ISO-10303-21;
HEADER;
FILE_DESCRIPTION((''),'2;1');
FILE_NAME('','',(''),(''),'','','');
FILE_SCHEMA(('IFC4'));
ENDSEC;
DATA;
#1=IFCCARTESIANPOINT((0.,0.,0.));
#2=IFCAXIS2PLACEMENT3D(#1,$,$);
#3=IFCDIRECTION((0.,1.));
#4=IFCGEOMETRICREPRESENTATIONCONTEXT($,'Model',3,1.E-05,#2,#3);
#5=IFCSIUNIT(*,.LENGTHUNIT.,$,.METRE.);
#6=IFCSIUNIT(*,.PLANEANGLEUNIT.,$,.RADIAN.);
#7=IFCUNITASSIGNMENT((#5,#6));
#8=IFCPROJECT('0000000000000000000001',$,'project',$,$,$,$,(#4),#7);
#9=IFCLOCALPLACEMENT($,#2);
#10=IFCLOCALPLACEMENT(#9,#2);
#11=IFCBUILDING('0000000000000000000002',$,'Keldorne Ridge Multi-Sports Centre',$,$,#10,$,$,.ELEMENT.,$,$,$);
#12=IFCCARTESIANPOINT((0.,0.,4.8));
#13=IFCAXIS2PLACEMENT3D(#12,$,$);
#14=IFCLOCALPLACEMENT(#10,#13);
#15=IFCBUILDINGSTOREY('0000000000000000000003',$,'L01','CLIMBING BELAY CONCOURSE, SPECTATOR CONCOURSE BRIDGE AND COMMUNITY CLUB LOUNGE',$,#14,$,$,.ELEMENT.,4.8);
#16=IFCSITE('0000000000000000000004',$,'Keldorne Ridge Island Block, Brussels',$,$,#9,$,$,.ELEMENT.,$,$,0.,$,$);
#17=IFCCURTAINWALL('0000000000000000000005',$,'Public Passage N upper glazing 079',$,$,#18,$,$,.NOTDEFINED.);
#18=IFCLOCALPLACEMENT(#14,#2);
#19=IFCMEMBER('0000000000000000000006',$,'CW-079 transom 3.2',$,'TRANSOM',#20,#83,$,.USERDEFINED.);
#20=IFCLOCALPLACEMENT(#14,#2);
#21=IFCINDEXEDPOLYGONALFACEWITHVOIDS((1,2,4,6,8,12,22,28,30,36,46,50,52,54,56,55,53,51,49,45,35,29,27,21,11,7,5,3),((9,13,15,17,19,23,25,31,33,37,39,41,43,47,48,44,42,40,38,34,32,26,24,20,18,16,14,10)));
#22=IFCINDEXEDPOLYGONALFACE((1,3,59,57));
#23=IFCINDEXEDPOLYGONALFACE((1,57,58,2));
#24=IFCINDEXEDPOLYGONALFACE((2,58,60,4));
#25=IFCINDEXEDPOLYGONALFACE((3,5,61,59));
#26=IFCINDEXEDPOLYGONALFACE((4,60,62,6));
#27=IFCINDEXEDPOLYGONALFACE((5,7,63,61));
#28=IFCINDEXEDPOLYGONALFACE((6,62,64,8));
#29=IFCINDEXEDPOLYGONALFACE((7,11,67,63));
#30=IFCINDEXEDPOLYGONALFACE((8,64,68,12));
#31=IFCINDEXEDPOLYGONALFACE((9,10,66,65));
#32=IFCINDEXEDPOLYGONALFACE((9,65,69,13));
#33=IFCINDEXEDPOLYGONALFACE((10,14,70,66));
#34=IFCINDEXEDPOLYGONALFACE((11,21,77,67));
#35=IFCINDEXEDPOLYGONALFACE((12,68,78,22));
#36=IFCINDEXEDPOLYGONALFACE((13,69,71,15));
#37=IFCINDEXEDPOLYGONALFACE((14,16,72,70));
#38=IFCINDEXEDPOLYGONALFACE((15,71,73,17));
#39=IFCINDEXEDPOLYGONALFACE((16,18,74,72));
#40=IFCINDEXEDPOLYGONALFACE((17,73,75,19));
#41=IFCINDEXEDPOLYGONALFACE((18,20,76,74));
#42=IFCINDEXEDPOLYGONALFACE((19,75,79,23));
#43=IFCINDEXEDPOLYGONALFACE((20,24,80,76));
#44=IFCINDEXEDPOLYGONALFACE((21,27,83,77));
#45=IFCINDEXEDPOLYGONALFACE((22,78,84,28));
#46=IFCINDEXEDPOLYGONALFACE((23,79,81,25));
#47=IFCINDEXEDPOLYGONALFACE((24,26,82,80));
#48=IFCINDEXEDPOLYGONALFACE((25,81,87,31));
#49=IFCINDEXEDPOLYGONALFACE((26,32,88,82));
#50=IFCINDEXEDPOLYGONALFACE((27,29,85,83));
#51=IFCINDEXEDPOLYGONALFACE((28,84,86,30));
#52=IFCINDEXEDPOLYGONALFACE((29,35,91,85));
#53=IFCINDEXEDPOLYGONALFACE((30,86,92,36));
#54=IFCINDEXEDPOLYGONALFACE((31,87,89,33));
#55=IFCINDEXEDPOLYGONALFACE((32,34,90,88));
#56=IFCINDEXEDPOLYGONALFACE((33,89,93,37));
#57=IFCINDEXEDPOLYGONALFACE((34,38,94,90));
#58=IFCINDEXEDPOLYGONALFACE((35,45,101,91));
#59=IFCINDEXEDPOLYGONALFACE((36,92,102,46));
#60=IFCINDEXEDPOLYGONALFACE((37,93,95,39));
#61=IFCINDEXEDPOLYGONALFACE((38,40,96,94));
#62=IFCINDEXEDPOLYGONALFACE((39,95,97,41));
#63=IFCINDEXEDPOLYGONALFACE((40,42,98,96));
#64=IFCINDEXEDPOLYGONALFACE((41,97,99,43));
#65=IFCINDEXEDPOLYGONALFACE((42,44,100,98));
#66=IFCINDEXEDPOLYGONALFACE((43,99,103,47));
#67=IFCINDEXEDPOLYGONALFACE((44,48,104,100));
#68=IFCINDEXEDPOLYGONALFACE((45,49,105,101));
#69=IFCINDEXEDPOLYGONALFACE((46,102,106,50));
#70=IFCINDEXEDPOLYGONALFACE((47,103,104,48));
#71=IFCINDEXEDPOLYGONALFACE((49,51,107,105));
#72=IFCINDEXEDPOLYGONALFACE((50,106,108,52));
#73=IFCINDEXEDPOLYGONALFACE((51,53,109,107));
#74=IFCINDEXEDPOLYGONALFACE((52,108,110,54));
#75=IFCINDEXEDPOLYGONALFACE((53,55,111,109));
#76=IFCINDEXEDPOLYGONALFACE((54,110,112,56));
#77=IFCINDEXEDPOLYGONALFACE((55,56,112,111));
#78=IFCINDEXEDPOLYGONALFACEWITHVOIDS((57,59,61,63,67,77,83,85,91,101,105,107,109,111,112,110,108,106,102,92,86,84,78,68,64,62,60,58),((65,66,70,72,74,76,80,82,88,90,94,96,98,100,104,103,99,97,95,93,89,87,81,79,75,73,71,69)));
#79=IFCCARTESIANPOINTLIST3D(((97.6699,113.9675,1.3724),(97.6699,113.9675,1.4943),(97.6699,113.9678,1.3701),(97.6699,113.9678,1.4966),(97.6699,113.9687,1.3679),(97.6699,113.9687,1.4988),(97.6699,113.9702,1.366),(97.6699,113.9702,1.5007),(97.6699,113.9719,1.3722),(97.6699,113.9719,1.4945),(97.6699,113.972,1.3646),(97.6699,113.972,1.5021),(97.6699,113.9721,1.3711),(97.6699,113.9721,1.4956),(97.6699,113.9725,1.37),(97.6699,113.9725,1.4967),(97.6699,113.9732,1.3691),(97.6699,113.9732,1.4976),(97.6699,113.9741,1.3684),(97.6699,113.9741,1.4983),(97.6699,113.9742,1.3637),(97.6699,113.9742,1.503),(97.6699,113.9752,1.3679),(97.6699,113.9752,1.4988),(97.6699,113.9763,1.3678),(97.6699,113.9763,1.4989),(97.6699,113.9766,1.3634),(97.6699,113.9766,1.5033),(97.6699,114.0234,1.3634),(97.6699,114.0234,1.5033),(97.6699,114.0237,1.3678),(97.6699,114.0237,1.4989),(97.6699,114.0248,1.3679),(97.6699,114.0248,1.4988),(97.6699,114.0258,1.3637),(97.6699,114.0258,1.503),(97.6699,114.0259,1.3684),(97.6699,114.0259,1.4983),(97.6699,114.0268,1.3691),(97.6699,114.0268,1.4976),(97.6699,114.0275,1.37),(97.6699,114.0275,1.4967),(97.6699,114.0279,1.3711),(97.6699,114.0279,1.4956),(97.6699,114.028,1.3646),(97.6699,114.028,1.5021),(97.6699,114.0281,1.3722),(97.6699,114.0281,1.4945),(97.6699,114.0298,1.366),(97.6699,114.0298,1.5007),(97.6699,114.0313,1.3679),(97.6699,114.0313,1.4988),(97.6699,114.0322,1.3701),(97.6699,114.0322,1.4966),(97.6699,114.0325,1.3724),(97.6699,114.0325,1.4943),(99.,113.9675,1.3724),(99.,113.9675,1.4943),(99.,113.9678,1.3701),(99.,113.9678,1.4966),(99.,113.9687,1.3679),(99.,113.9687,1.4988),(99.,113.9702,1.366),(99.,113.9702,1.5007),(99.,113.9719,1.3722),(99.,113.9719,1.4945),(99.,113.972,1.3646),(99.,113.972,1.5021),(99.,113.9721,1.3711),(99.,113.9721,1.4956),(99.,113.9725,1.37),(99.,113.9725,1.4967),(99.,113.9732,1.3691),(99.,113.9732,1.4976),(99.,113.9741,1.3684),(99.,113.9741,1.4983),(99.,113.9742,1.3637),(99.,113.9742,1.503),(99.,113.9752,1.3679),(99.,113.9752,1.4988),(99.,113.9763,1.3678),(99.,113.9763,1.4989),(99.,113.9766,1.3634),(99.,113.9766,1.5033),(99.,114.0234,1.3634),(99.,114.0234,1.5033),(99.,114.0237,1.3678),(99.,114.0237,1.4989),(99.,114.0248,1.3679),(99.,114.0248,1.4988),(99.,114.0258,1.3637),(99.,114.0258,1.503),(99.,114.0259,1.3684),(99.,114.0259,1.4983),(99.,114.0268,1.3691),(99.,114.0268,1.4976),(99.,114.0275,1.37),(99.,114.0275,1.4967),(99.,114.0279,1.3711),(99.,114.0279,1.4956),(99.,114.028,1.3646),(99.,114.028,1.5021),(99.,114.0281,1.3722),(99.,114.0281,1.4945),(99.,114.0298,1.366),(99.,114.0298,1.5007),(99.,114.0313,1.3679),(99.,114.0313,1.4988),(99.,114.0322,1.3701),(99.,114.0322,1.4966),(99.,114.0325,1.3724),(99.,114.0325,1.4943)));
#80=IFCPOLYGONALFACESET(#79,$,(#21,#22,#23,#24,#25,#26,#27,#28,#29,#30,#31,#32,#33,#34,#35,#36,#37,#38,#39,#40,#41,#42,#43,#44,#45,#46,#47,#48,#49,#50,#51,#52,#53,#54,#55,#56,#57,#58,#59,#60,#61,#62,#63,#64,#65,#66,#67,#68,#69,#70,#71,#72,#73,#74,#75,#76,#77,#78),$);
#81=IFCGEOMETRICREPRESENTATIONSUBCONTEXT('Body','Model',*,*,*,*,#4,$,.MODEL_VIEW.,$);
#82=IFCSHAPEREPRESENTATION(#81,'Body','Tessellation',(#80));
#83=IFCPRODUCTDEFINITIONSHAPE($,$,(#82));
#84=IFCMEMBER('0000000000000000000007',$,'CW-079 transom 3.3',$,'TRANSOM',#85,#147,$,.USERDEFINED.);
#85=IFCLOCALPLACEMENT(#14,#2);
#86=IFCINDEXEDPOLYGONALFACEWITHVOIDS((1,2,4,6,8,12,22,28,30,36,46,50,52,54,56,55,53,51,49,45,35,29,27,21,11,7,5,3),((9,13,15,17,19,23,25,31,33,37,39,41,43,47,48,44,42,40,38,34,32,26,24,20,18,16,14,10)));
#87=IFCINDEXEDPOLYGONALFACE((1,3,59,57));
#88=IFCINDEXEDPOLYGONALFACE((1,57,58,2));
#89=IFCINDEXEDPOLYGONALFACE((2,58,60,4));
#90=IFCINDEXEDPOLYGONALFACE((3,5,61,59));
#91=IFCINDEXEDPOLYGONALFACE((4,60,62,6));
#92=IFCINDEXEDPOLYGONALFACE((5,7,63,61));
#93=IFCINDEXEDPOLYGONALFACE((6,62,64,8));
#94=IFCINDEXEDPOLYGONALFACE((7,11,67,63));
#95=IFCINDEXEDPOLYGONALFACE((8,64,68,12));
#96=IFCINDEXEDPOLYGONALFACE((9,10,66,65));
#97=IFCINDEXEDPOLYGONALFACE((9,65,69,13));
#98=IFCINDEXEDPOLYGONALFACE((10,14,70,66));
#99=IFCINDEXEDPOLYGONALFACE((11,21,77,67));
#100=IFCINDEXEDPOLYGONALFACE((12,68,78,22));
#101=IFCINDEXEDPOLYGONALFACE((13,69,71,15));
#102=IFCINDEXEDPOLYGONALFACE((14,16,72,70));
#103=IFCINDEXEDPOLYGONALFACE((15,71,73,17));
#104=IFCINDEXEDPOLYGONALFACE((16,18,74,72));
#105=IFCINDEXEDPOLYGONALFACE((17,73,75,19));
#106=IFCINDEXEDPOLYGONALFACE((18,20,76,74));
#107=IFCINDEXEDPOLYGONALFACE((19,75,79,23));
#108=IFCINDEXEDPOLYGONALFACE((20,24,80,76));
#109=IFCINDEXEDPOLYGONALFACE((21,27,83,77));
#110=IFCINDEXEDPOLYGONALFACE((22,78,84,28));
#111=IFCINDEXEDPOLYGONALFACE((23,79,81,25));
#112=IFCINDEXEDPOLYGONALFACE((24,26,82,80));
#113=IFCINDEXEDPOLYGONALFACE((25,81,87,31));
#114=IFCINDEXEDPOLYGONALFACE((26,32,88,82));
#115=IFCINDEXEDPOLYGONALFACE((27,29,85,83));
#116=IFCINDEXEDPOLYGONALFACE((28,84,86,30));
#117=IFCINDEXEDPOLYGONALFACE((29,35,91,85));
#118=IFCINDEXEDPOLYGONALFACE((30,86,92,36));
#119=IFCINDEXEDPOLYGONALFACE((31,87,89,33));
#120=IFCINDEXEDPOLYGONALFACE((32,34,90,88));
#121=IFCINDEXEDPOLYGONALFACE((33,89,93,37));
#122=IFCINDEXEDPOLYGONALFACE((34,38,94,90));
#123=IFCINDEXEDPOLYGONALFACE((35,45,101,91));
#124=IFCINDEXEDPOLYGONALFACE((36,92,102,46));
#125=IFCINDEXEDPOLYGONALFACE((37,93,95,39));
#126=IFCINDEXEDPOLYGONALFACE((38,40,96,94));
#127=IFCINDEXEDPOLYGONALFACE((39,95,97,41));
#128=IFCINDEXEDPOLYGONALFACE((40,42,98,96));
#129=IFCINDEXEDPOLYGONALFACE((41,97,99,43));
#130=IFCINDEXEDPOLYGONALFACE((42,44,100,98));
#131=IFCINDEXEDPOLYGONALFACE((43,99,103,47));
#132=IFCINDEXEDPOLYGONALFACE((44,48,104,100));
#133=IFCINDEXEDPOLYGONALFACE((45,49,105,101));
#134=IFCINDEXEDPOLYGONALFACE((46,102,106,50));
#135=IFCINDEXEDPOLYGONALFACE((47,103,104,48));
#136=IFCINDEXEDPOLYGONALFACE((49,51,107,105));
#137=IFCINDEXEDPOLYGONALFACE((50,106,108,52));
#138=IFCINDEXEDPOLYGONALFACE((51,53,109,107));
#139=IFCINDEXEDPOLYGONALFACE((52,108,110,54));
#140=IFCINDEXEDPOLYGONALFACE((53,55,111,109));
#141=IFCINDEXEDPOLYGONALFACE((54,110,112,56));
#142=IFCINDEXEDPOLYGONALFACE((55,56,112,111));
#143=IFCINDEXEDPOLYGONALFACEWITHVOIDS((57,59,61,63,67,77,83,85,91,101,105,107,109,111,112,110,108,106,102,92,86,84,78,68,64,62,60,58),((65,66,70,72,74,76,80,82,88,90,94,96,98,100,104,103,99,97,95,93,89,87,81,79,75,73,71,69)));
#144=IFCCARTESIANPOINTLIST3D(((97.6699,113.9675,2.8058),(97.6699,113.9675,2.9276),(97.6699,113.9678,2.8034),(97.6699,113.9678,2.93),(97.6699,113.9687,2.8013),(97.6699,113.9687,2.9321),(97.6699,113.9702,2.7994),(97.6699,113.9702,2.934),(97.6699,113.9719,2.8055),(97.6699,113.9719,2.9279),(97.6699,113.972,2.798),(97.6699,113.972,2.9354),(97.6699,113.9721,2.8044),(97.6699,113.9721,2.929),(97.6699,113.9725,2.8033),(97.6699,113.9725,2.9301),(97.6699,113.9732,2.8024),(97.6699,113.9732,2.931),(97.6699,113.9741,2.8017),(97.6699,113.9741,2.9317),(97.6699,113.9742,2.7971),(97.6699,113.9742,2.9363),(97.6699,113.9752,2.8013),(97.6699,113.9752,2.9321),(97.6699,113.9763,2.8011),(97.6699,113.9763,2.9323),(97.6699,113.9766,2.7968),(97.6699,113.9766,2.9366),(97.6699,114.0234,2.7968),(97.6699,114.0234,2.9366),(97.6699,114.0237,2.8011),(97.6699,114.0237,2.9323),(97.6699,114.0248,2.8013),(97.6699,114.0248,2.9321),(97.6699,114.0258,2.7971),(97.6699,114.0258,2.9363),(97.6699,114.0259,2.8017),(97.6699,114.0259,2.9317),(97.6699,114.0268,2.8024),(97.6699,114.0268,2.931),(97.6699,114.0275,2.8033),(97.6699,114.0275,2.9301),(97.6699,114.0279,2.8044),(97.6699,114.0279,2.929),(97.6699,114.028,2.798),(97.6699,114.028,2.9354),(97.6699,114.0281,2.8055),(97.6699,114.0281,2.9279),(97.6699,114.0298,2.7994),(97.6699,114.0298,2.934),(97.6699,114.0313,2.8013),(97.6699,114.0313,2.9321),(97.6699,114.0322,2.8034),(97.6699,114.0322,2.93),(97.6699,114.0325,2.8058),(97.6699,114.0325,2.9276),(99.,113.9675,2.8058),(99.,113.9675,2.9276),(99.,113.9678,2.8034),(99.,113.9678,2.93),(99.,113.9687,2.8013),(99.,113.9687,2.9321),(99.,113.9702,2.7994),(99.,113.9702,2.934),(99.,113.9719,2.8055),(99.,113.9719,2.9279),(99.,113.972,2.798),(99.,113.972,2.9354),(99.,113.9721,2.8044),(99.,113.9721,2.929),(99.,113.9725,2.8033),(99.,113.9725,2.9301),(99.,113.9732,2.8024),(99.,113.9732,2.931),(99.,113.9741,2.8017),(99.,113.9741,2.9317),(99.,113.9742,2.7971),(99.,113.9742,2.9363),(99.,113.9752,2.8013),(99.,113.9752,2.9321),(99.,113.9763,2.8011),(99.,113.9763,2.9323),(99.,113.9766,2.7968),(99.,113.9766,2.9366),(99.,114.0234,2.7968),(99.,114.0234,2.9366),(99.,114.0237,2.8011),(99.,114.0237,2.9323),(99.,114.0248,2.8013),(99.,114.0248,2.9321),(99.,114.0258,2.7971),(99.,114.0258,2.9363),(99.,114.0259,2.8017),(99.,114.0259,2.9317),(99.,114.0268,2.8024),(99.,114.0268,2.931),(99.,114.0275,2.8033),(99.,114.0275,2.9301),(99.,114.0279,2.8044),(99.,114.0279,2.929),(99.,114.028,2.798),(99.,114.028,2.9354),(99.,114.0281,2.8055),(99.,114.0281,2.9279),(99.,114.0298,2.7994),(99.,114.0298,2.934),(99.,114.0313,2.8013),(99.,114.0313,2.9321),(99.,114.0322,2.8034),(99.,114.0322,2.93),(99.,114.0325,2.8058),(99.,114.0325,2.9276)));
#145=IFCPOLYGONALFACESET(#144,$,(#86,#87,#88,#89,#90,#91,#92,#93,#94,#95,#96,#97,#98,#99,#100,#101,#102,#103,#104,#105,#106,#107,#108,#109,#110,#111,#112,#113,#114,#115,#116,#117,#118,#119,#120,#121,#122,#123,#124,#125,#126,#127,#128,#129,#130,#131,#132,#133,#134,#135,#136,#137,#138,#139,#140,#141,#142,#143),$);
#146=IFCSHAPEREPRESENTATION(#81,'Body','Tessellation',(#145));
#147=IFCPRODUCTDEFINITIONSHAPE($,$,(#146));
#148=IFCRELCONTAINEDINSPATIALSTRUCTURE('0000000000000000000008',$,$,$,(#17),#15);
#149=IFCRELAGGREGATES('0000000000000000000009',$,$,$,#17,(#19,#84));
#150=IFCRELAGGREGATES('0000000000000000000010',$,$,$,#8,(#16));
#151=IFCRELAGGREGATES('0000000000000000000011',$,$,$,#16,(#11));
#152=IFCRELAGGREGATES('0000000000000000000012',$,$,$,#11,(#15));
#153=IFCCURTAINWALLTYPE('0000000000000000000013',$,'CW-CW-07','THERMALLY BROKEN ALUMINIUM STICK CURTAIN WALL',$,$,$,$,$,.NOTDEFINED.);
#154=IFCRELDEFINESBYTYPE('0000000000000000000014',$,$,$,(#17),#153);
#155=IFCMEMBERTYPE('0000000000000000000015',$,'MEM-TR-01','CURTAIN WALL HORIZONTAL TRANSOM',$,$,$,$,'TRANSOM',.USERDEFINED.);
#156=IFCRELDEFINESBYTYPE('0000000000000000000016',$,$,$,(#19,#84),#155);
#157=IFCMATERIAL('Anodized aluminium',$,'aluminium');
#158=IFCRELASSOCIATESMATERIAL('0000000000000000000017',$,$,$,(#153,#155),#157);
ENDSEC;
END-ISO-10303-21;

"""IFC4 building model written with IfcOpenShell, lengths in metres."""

from ifc_helpers import new_model, si_unit, direction, frame, origin, origin_2d, place, context, subcontext, project, spatial, hollow_rectangle, extrude, material, material_profile, profile_set, type_object, element, aggregate, save


model = new_model("IFC4")

# Units and contexts
model_context = context("Model", 3, precision=1e-05, world=origin(), true_north=direction((0.0, 1.0)))
body_context = subcontext(model_context, "Body", "Model", "MODEL_VIEW")
ifc_project = project(units=[si_unit("LENGTHUNIT", "METRE"), si_unit("PLANEANGLEUNIT", "RADIAN")], contexts=[model_context])

# Site, building, storey
site_placement = place(None, origin())
site = spatial("IfcSite", under=ifc_project, at=site_placement, Name="Keldorne Ridge Island Block, Brussels", CompositionType="ELEMENT", RefElevation=0.0)
building_placement = place(site_placement, origin())
building = spatial("IfcBuilding", under=site, at=building_placement, Name="Keldorne Ridge Multi-Sports Centre", CompositionType="ELEMENT")
storey_placement = place(building_placement, frame((0.0, 0.0, 4.8)))
storey = spatial("IfcBuildingStorey", under=building, at=storey_placement, Name="L01", Description="CLIMBING BELAY CONCOURSE, SPECTATOR CONCOURSE BRIDGE AND COMMUNITY CLUB LOUNGE", CompositionType="ELEMENT", Elevation=4.8)

# Curtain wall, members
ifc_material_1 = material(Name="Anodized aluminium", Category="aluminium")
curtain_wall_type = type_object("IfcCurtainWallType", Name="CW-CW-07", Description="THERMALLY BROKEN ALUMINIUM STICK CURTAIN WALL", PredefinedType="NOTDEFINED", material=ifc_material_1)
curtain_wall_placement = place(storey_placement, origin())
curtain_wall = element("IfcCurtainWall", 1, at=curtain_wall_placement, inside=storey, type_object=curtain_wall_type, Name="Public Passage N upper glazing 079", PredefinedType="NOTDEFINED")
ifc_material_profile_1 = material_profile(ifc_material_1, hollow_rectangle(XDim=0.0649, YDim=0.1399, WallThickness=0.0044, InnerFilletRadius=0.0044, OuterFilletRadius=0.009, at=origin_2d()), Name="ALU TRANSOM 140x65x4.5")
ifc_profile_set_1 = profile_set([ifc_material_profile_1], Name="Anodized aluminium")
member_type_1 = type_object("IfcMemberType", Name="MEM-TR-01", Description="CURTAIN WALL HORIZONTAL TRANSOM", ElementType="TRANSOM", PredefinedType="USERDEFINED", material=ifc_profile_set_1)
member_1_placement = place(storey_placement, frame((99.0, 114.0, 1.4333), z_axis=(-1.0, 0.0, 0.0), x_axis=(0.0, -1.0, 0.0)))
member_1 = element("IfcMember", 2, at=member_1_placement, type_object=member_type_1, Name="CW-079 transom 3.2", ObjectType="TRANSOM", PredefinedType="USERDEFINED", context=body_context, shape_type="SweptSolid", body=[
    extrude(hollow_rectangle(XDim=0.0649, YDim=0.1399, WallThickness=0.0044, InnerFilletRadius=0.0044, OuterFilletRadius=0.009, at=origin_2d()), origin(), (0.0, 0.0, 1.0), 1.3301),
])
member_2_placement = place(storey_placement, frame((99.0, 114.0, 2.8667), z_axis=(-1.0, 0.0, 0.0), x_axis=(0.0, -1.0, 0.0)))
member_2 = element("IfcMember", 3, at=member_2_placement, type_object=member_type_1, Name="CW-079 transom 3.3", ObjectType="TRANSOM", PredefinedType="USERDEFINED", context=body_context, shape_type="SweptSolid", body=[
    extrude(hollow_rectangle(XDim=0.0649, YDim=0.1399, WallThickness=0.0044, InnerFilletRadius=0.0044, OuterFilletRadius=0.009, at=origin_2d()), origin(), (0.0, 0.0, 1.0), 1.3301),
])
aggregate(curtain_wall, [member_1, member_2])

save(model, "model.ifc")
